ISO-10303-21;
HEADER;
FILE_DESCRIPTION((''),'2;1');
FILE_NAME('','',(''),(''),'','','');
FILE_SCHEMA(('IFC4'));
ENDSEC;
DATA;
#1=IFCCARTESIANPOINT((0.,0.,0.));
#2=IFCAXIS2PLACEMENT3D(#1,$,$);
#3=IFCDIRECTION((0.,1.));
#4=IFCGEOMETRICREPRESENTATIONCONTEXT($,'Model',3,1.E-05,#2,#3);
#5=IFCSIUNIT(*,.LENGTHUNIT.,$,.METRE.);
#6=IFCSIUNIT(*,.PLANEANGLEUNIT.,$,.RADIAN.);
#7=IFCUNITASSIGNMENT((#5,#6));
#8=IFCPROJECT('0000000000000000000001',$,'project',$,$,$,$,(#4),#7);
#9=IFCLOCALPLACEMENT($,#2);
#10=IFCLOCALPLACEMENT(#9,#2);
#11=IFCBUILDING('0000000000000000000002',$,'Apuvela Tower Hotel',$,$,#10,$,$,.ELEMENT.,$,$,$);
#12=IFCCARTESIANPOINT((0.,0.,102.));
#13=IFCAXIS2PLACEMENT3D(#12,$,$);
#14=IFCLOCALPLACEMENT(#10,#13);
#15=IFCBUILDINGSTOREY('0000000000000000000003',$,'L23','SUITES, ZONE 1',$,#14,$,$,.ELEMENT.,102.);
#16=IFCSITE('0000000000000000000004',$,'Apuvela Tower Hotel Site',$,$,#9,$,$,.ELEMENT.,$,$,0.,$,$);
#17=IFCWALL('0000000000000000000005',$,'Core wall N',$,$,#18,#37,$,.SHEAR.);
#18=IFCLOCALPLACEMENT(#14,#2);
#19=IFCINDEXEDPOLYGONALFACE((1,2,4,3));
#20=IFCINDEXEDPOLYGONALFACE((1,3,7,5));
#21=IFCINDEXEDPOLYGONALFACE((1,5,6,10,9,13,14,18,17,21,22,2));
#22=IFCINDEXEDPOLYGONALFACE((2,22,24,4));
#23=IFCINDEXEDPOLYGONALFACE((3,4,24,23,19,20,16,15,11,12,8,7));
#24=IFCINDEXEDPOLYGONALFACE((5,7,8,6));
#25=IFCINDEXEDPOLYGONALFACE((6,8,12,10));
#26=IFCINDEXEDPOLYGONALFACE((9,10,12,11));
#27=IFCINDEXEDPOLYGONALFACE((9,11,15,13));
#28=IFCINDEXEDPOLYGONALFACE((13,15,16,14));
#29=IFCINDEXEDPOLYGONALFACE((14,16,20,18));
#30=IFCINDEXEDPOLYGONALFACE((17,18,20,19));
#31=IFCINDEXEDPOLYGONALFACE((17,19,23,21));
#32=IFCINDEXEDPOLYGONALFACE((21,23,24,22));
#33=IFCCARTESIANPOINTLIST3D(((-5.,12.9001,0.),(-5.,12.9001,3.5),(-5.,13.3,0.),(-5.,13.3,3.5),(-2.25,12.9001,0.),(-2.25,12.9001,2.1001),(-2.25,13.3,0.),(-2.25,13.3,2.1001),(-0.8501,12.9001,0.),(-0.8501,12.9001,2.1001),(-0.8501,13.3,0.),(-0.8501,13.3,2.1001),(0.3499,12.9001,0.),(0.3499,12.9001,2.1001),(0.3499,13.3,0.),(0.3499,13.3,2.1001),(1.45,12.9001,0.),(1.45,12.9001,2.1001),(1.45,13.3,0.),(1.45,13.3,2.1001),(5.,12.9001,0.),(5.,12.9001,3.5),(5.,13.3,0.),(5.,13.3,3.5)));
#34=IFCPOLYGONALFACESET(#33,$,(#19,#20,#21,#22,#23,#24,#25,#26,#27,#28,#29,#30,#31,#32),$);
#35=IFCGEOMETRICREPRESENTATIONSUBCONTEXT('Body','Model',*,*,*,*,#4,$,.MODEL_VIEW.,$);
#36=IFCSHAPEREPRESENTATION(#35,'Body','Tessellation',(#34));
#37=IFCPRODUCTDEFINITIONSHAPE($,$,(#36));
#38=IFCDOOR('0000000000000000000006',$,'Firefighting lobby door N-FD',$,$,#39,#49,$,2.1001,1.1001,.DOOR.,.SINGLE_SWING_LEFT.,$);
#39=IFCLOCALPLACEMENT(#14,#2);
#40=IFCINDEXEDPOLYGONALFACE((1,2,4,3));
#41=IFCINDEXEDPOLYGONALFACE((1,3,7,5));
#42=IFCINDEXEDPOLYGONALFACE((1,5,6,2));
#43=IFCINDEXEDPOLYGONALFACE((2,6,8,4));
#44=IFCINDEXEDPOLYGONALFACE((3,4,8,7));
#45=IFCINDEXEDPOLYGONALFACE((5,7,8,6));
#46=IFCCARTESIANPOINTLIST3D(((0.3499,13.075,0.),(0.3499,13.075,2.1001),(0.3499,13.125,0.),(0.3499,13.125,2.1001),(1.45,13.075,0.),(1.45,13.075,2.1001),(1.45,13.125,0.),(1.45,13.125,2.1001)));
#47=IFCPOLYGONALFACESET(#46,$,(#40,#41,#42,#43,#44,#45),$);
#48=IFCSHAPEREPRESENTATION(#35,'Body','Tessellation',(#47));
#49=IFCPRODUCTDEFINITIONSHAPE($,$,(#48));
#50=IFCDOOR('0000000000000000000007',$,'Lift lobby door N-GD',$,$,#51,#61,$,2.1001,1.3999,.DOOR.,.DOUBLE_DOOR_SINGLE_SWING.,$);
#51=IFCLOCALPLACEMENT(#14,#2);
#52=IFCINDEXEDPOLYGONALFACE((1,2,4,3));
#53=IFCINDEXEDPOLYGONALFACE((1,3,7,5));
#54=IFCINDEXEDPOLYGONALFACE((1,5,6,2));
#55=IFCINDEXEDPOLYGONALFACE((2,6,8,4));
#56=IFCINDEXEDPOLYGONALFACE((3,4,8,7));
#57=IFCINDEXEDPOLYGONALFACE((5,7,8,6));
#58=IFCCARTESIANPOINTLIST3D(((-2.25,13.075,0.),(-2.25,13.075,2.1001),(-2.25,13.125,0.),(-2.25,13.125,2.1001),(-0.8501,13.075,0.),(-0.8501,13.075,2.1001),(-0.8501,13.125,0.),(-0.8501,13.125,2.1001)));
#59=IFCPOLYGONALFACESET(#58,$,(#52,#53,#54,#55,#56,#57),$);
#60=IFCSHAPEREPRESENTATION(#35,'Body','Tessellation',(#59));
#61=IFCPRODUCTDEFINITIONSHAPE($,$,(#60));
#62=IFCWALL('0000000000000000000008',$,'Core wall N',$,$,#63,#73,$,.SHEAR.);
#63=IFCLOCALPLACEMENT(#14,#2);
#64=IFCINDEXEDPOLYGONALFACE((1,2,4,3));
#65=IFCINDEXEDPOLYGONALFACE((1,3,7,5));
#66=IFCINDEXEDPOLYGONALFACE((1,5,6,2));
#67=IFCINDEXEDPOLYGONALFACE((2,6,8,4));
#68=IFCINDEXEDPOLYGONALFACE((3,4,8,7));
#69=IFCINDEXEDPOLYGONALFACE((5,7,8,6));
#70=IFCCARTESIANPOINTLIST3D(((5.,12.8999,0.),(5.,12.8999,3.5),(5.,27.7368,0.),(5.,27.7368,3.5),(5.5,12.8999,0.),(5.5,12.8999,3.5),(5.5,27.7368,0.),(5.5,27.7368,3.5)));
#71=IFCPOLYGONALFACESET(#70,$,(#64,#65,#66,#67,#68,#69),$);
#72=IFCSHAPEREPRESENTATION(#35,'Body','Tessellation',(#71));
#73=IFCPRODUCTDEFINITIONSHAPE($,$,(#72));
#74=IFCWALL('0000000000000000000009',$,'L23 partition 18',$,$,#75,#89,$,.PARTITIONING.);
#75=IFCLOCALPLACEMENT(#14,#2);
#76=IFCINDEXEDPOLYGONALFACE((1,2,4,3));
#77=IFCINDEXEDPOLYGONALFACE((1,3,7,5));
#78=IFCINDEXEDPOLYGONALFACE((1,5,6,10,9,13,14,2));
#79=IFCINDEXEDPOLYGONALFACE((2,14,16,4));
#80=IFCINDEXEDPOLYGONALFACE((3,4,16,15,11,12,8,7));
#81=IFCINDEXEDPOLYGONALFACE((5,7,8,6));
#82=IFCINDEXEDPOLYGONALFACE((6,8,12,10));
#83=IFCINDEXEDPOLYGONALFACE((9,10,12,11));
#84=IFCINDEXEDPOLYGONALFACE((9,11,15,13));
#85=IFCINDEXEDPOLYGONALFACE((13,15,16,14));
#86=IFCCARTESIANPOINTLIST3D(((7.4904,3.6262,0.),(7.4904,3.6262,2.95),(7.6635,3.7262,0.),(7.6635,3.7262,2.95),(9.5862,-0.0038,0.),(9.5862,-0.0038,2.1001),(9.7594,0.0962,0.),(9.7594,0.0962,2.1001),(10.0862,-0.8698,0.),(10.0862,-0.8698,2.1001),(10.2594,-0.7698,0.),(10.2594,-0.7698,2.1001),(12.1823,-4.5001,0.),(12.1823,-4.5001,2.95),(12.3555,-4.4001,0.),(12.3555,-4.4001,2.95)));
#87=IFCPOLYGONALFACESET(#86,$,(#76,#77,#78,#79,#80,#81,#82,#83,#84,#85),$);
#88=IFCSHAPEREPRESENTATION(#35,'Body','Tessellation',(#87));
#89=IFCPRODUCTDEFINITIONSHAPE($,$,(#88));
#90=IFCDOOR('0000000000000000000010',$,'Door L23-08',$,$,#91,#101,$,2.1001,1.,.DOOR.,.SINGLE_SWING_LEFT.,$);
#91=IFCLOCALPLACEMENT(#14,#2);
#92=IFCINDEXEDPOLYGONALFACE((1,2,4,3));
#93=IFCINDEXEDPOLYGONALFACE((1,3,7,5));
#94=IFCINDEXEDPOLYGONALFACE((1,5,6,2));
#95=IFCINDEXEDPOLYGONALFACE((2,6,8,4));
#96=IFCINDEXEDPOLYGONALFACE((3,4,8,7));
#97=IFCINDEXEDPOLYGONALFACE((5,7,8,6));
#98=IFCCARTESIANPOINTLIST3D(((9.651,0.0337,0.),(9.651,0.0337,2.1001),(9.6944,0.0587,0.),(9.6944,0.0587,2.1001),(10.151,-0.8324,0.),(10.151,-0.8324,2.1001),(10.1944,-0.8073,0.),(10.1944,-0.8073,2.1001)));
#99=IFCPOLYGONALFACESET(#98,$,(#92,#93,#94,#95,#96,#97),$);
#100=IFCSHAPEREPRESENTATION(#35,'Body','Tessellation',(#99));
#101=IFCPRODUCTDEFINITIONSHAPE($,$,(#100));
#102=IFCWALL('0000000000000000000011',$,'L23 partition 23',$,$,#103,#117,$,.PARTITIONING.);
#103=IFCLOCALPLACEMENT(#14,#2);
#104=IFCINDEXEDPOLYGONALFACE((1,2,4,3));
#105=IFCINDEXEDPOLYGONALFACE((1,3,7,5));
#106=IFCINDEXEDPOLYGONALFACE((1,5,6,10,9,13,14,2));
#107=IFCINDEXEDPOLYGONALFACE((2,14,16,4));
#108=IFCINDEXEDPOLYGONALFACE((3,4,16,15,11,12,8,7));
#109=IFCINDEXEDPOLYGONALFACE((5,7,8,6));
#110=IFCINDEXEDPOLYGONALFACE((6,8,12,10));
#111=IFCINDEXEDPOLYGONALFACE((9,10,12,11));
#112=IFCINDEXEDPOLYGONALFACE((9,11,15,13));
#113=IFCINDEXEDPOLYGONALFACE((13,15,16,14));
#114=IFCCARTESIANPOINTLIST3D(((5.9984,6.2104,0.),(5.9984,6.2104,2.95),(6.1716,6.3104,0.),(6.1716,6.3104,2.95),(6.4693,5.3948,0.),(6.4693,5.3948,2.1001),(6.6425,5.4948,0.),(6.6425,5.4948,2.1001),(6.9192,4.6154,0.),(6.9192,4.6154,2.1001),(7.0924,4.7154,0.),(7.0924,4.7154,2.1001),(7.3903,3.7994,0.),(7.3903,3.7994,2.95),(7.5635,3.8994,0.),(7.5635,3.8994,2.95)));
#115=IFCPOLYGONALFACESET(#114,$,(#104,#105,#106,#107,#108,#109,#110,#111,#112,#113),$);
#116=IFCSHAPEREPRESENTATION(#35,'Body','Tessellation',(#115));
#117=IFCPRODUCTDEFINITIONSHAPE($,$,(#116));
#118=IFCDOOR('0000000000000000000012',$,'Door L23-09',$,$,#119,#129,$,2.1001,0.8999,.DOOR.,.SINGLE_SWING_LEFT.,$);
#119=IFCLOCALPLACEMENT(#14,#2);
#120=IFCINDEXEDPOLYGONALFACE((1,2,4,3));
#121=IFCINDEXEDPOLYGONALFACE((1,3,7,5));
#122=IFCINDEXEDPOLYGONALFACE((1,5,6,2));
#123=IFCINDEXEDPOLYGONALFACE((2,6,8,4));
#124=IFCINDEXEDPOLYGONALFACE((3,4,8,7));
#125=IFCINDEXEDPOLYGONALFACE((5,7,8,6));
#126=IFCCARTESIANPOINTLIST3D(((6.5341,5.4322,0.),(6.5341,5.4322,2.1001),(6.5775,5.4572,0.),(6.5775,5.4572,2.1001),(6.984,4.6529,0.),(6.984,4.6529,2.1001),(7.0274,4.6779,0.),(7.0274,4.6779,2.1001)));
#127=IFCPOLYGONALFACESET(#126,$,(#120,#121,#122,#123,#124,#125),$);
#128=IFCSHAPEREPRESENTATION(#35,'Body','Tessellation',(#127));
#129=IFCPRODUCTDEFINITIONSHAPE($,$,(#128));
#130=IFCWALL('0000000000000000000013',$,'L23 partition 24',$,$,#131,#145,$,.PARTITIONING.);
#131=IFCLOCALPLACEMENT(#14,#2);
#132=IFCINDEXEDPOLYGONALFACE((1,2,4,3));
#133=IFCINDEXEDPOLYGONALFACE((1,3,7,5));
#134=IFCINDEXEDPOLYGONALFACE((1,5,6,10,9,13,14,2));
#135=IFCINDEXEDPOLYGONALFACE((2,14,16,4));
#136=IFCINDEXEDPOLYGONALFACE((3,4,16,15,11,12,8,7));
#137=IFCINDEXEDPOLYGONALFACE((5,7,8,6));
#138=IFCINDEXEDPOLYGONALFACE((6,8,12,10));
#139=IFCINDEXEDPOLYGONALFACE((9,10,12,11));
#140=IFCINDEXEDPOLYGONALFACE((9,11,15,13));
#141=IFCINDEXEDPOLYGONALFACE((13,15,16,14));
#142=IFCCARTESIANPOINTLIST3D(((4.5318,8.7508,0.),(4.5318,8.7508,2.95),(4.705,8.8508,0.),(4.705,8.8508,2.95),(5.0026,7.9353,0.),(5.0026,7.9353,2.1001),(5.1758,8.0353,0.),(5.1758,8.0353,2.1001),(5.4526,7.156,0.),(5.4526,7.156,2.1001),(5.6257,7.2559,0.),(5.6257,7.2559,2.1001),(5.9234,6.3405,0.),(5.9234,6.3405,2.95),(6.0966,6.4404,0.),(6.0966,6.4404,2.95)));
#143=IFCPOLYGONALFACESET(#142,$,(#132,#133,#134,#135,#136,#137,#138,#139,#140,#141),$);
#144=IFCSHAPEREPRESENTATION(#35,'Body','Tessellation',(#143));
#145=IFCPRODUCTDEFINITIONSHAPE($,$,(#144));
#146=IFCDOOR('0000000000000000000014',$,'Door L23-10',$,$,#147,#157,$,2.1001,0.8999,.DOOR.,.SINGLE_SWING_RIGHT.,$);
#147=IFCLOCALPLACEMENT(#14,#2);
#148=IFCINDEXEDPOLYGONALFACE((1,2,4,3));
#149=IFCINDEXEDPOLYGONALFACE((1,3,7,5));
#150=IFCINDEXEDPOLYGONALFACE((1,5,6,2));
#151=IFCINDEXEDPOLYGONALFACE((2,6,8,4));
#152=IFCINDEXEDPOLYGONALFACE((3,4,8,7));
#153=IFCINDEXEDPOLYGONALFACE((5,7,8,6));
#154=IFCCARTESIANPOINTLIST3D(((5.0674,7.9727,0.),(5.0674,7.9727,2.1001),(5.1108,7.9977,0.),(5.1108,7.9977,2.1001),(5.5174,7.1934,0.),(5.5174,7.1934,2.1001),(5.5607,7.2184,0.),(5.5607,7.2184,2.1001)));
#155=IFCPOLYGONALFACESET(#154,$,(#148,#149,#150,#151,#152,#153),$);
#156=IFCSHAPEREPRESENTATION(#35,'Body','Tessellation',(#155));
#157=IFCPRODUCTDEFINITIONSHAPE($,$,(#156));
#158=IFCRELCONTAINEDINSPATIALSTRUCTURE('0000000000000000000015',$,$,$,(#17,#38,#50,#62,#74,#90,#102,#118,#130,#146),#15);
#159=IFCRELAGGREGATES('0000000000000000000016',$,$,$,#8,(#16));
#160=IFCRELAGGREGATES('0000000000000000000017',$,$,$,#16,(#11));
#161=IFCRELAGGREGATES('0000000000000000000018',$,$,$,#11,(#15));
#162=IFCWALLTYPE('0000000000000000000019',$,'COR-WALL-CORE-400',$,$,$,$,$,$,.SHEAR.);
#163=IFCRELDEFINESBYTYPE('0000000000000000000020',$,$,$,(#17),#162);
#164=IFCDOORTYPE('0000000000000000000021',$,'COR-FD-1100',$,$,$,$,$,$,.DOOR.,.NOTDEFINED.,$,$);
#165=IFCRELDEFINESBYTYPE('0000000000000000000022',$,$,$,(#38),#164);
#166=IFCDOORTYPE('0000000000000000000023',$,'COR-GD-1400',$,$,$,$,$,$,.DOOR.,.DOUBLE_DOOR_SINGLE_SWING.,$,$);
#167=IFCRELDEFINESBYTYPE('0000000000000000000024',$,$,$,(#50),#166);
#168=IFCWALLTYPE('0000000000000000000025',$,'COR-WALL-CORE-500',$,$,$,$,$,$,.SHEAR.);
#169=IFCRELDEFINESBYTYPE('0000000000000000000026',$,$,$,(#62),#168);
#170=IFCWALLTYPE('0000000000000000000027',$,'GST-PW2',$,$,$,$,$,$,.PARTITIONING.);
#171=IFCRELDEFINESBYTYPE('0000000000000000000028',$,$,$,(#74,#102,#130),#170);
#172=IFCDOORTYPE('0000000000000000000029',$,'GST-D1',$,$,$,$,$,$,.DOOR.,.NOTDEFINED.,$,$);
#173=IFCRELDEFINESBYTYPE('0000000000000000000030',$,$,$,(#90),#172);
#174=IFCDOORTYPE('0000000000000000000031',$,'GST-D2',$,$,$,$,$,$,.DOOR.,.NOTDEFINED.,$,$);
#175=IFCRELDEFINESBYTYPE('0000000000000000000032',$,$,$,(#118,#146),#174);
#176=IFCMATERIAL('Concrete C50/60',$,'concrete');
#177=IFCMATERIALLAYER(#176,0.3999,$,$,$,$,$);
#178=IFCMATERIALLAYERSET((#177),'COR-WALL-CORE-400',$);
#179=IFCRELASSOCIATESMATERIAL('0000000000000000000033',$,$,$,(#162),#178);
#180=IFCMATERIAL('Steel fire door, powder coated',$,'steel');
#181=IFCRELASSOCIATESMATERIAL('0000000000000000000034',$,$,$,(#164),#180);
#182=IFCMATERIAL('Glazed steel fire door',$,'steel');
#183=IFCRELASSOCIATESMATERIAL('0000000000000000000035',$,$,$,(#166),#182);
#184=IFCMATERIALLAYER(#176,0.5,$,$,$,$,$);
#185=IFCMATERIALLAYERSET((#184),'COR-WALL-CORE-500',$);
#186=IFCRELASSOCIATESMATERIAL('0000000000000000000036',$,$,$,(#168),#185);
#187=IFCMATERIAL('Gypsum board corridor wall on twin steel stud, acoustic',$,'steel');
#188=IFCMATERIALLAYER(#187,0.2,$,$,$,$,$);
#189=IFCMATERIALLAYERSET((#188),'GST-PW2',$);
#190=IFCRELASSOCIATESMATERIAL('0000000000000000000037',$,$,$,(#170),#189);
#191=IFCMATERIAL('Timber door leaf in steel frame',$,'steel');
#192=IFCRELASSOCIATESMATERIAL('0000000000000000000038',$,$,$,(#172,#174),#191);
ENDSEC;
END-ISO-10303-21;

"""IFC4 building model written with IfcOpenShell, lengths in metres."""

from ifc_helpers import new_model, si_unit, direction, frame, frame_2d, origin, place, context, subcontext, project, spatial, rectangle, extrude, material, layer, layer_set, type_object, element, fill, save


model = new_model("IFC4")

# Units and contexts
model_context = context("Model", 3, precision=1e-05, world=origin(), true_north=direction((0.0, 1.0)))
body_context = subcontext(model_context, "Body", "Model", "MODEL_VIEW")
ifc_project = project(units=[si_unit("LENGTHUNIT", "METRE"), si_unit("PLANEANGLEUNIT", "RADIAN")], contexts=[model_context])

# Site, building, storey
site_placement = place(None, origin())
site = spatial("IfcSite", under=ifc_project, at=site_placement, Name="Apuvela Tower Hotel Site", CompositionType="ELEMENT", RefElevation=0.0)
building_placement = place(site_placement, origin())
building = spatial("IfcBuilding", under=site, at=building_placement, Name="Apuvela Tower Hotel", CompositionType="ELEMENT")
storey_placement = place(building_placement, frame((0.0, 0.0, 102.0)))
storey = spatial("IfcBuildingStorey", under=building, at=storey_placement, Name="L23", Description="SUITES, ZONE 1", CompositionType="ELEMENT", Elevation=102.0)

# Shared definitions
ifc_material_1 = material(Name="Concrete C50/60", Category="concrete")

# Wall, openings, doors
ifc_layer_1 = layer(ifc_material_1, 0.3999)
ifc_layer_set_1 = layer_set([ifc_layer_1], Name="COR-WALL-CORE-400")
wall_type_1 = type_object("IfcWallType", Name="COR-WALL-CORE-400", PredefinedType="SHEAR", material=ifc_layer_set_1)
wall_1_placement = place(storey_placement, frame((5.0, 13.1001, 0.0), z_axis=(0.0, 0.0, 1.0), x_axis=(-1.0, 0.0, 0.0)))
wall_1 = element("IfcWall", 1, at=wall_1_placement, inside=storey, type_object=wall_type_1, Name="Core wall N", PredefinedType="SHEAR", context=body_context, shape_type="SweptSolid", body=[
    extrude(rectangle(XDim=10.0, YDim=0.3999, at=frame_2d((5.0, 0.0))), origin(), (0.0, 0.0, 1.0), 3.5),
])
opening_1_placement = place(wall_1_placement, frame((3.55, 0.0, 0.0)))
opening_1 = element("IfcOpeningElement", 2, at=opening_1_placement, cuts=wall_1, PredefinedType="OPENING", context=body_context, shape_type="SweptSolid", body=[
    extrude(rectangle(XDim=1.1001, YDim=2.1001, at=frame_2d((0.55, 1.05))), frame((0.0, 0.21, 0.0), z_axis=(0.0, -1.0, 0.0), x_axis=(1.0, 0.0, 0.0)), (0.0, 0.0, 1.0), 0.4199),
])
opening_2_placement = place(wall_1_placement, frame((5.8501, 0.0, 0.0)))
opening_2 = element("IfcOpeningElement", 3, at=opening_2_placement, cuts=wall_1, PredefinedType="OPENING", context=body_context, shape_type="SweptSolid", body=[
    extrude(rectangle(XDim=1.3999, YDim=2.1001, at=frame_2d((0.7, 1.05))), frame((0.0, 0.21, 0.0), z_axis=(0.0, -1.0, 0.0), x_axis=(1.0, 0.0, 0.0)), (0.0, 0.0, 1.0), 0.4199),
])
ifc_material_2 = material(Name="Steel fire door, powder coated", Category="steel")
door_type_1 = type_object("IfcDoorType", Name="COR-FD-1100", OperationType="NOTDEFINED", PredefinedType="DOOR", material=ifc_material_2)
door_1_placement = place(opening_1_placement, frame((1.1001, 0.0, 0.0), z_axis=(0.0, 0.0, 1.0), x_axis=(-1.0, 0.0, 0.0)))
door_1 = element("IfcDoor", 4, at=door_1_placement, inside=storey, type_object=door_type_1, Name="Firefighting lobby door N-FD", OperationType="SINGLE_SWING_LEFT", OverallHeight=2.1001, OverallWidth=1.1001, PredefinedType="DOOR", context=body_context, shape_type="SweptSolid", body=[
    extrude(rectangle(XDim=1.1001, YDim=2.1001, at=frame_2d((0.55, 1.05))), frame((0.0, 0.0249, 0.0), z_axis=(0.0, -1.0, 0.0), x_axis=(1.0, 0.0, 0.0)), (0.0, 0.0, 1.0), 0.05),
])
fill(opening_1, door_1)
ifc_material_3 = material(Name="Glazed steel fire door", Category="steel")
door_type_2 = type_object("IfcDoorType", Name="COR-GD-1400", OperationType="DOUBLE_DOOR_SINGLE_SWING", PredefinedType="DOOR", material=ifc_material_3)
door_2_placement = place(opening_2_placement, frame((1.3999, 0.0, 0.0), z_axis=(0.0, 0.0, 1.0), x_axis=(-1.0, 0.0, 0.0)))
door_2 = element("IfcDoor", 5, at=door_2_placement, inside=storey, type_object=door_type_2, Name="Lift lobby door N-GD", OperationType="DOUBLE_DOOR_SINGLE_SWING", OverallHeight=2.1001, OverallWidth=1.3999, PredefinedType="DOOR", context=body_context, shape_type="SweptSolid", body=[
    extrude(rectangle(XDim=1.3999, YDim=2.1001, at=frame_2d((0.7, 1.05))), frame((0.0, 0.0249, 0.0), z_axis=(0.0, -1.0, 0.0), x_axis=(1.0, 0.0, 0.0)), (0.0, 0.0, 1.0), 0.05),
])
fill(opening_2, door_2)

# Wall
ifc_layer_2 = layer(ifc_material_1, 0.5)
ifc_layer_set_2 = layer_set([ifc_layer_2], Name="COR-WALL-CORE-500")
wall_type_2 = type_object("IfcWallType", Name="COR-WALL-CORE-500", PredefinedType="SHEAR", material=ifc_layer_set_2)
wall_2_placement = place(storey_placement, frame((5.25, 12.8999, 0.0), z_axis=(0.0, 0.0, 1.0), x_axis=(0.0, 1.0, 0.0)))
element("IfcWall", 6, at=wall_2_placement, inside=storey, type_object=wall_type_2, Name="Core wall N", PredefinedType="SHEAR", context=body_context, shape_type="SweptSolid", body=[
    extrude(rectangle(XDim=14.8369, YDim=0.5, at=frame_2d((7.4185, 0.0))), origin(), (0.0, 0.0, 1.0), 3.5),
])

# Walls, openings, doors
ifc_material_4 = material(Name="Gypsum board corridor wall on twin steel stud, acoustic", Category="steel")
ifc_layer_3 = layer(ifc_material_4, 0.2)
ifc_layer_set_3 = layer_set([ifc_layer_3], Name="GST-PW2")
wall_type_3 = type_object("IfcWallType", Name="GST-PW2", PredefinedType="PARTITIONING", material=ifc_layer_set_3)
wall_3_placement = place(storey_placement, frame((7.5769, 3.6763, 0.0), z_axis=(0.0, 0.0, 1.0), x_axis=(0.500017, -0.866015, 0.0)))
wall_3 = element("IfcWall", 7, at=wall_3_placement, inside=storey, type_object=wall_type_3, Name="L23 partition 18", PredefinedType="PARTITIONING", context=body_context, shape_type="SweptSolid", body=[
    extrude(rectangle(XDim=9.3835, YDim=0.2, at=frame_2d((4.6919, 0.0))), origin(), (0.0, 0.0, 1.0), 2.95),
])
opening_3_placement = place(wall_3_placement, frame((4.1917, 0.0, 0.0)))
opening_3 = element("IfcOpeningElement", 8, at=opening_3_placement, cuts=wall_3, PredefinedType="OPENING", context=body_context, shape_type="SweptSolid", body=[
    extrude(rectangle(XDim=1.0, YDim=2.1001, at=frame_2d((0.5, 1.05))), frame((0.0, 0.1099, 0.0), z_axis=(0.0, -1.0, 0.0), x_axis=(1.0, 0.0, 0.0)), (0.0, 0.0, 1.0), 0.22),
])
ifc_material_5 = material(Name="Timber door leaf in steel frame", Category="steel")
door_type_3 = type_object("IfcDoorType", Name="GST-D1", OperationType="NOTDEFINED", PredefinedType="DOOR", material=ifc_material_5)
door_3_placement = place(opening_3_placement, origin())
door_3 = element("IfcDoor", 9, at=door_3_placement, inside=storey, type_object=door_type_3, Name="Door L23-08", OperationType="SINGLE_SWING_LEFT", OverallHeight=2.1001, OverallWidth=1.0, PredefinedType="DOOR", context=body_context, shape_type="SweptSolid", body=[
    extrude(rectangle(XDim=1.0, YDim=2.1001, at=frame_2d((0.5, 1.05))), frame((0.0, 0.0249, 0.0), z_axis=(0.0, -1.0, 0.0), x_axis=(1.0, 0.0, 0.0)), (0.0, 0.0, 1.0), 0.05),
])
fill(opening_3, door_3)
wall_4_placement = place(storey_placement, frame((6.085, 6.2605, 0.0), z_axis=(0.0, 0.0, 1.0), x_axis=(0.499978, -0.866038, 0.0)))
wall_4 = element("IfcWall", 10, at=wall_4_placement, inside=storey, type_object=wall_type_3, Name="L23 partition 23", PredefinedType="PARTITIONING", context=body_context, shape_type="SweptSolid", body=[
    extrude(rectangle(XDim=2.7839, YDim=0.2, at=frame_2d((1.3921, 0.0))), origin(), (0.0, 0.0, 1.0), 2.95),
])
opening_4_placement = place(wall_4_placement, frame((0.9419, 0.0, 0.0)))
opening_4 = element("IfcOpeningElement", 11, at=opening_4_placement, cuts=wall_4, PredefinedType="OPENING", context=body_context, shape_type="SweptSolid", body=[
    extrude(rectangle(XDim=0.8999, YDim=2.1001, at=frame_2d((0.45, 1.05))), frame((0.0, 0.1099, 0.0), z_axis=(0.0, -1.0, 0.0), x_axis=(1.0, 0.0, 0.0)), (0.0, 0.0, 1.0), 0.22),
])
door_type_4 = type_object("IfcDoorType", Name="GST-D2", OperationType="NOTDEFINED", PredefinedType="DOOR", material=ifc_material_5)
door_4_placement = place(opening_4_placement, origin())
door_4 = element("IfcDoor", 12, at=door_4_placement, inside=storey, type_object=door_type_4, Name="Door L23-09", OperationType="SINGLE_SWING_LEFT", OverallHeight=2.1001, OverallWidth=0.8999, PredefinedType="DOOR", context=body_context, shape_type="SweptSolid", body=[
    extrude(rectangle(XDim=0.8999, YDim=2.1001, at=frame_2d((0.45, 1.05))), frame((0.0, 0.0249, 0.0), z_axis=(0.0, -1.0, 0.0), x_axis=(1.0, 0.0, 0.0)), (0.0, 0.0, 1.0), 0.05),
])
fill(opening_4, door_4)
wall_5_placement = place(storey_placement, frame((4.6184, 8.8008, 0.0), z_axis=(0.0, 0.0, 1.0), x_axis=(0.499988, -0.866032, 0.0)))
wall_5 = element("IfcWall", 13, at=wall_5_placement, inside=storey, type_object=wall_type_3, Name="L23 partition 24", PredefinedType="PARTITIONING", context=body_context, shape_type="SweptSolid", body=[
    extrude(rectangle(XDim=2.7832, YDim=0.2, at=frame_2d((1.3916, 0.0))), origin(), (0.0, 0.0, 1.0), 2.95),
])
opening_5_placement = place(wall_5_placement, frame((0.9417, 0.0, 0.0)))
opening_5 = element("IfcOpeningElement", 14, at=opening_5_placement, cuts=wall_5, PredefinedType="OPENING", context=body_context, shape_type="SweptSolid", body=[
    extrude(rectangle(XDim=0.8999, YDim=2.1001, at=frame_2d((0.45, 1.05))), frame((0.0, 0.1099, 0.0), z_axis=(0.0, -1.0, 0.0), x_axis=(1.0, 0.0, 0.0)), (0.0, 0.0, 1.0), 0.22),
])
door_5_placement = place(opening_5_placement, origin())
door_5 = element("IfcDoor", 15, at=door_5_placement, inside=storey, type_object=door_type_4, Name="Door L23-10", OperationType="SINGLE_SWING_RIGHT", OverallHeight=2.1001, OverallWidth=0.8999, PredefinedType="DOOR", context=body_context, shape_type="SweptSolid", body=[
    extrude(rectangle(XDim=0.8999, YDim=2.1001, at=frame_2d((0.45, 1.05))), frame((0.0, 0.0249, 0.0), z_axis=(0.0, -1.0, 0.0), x_axis=(1.0, 0.0, 0.0)), (0.0, 0.0, 1.0), 0.05),
])
fill(opening_5, door_5)

save(model, "model.ifc")
